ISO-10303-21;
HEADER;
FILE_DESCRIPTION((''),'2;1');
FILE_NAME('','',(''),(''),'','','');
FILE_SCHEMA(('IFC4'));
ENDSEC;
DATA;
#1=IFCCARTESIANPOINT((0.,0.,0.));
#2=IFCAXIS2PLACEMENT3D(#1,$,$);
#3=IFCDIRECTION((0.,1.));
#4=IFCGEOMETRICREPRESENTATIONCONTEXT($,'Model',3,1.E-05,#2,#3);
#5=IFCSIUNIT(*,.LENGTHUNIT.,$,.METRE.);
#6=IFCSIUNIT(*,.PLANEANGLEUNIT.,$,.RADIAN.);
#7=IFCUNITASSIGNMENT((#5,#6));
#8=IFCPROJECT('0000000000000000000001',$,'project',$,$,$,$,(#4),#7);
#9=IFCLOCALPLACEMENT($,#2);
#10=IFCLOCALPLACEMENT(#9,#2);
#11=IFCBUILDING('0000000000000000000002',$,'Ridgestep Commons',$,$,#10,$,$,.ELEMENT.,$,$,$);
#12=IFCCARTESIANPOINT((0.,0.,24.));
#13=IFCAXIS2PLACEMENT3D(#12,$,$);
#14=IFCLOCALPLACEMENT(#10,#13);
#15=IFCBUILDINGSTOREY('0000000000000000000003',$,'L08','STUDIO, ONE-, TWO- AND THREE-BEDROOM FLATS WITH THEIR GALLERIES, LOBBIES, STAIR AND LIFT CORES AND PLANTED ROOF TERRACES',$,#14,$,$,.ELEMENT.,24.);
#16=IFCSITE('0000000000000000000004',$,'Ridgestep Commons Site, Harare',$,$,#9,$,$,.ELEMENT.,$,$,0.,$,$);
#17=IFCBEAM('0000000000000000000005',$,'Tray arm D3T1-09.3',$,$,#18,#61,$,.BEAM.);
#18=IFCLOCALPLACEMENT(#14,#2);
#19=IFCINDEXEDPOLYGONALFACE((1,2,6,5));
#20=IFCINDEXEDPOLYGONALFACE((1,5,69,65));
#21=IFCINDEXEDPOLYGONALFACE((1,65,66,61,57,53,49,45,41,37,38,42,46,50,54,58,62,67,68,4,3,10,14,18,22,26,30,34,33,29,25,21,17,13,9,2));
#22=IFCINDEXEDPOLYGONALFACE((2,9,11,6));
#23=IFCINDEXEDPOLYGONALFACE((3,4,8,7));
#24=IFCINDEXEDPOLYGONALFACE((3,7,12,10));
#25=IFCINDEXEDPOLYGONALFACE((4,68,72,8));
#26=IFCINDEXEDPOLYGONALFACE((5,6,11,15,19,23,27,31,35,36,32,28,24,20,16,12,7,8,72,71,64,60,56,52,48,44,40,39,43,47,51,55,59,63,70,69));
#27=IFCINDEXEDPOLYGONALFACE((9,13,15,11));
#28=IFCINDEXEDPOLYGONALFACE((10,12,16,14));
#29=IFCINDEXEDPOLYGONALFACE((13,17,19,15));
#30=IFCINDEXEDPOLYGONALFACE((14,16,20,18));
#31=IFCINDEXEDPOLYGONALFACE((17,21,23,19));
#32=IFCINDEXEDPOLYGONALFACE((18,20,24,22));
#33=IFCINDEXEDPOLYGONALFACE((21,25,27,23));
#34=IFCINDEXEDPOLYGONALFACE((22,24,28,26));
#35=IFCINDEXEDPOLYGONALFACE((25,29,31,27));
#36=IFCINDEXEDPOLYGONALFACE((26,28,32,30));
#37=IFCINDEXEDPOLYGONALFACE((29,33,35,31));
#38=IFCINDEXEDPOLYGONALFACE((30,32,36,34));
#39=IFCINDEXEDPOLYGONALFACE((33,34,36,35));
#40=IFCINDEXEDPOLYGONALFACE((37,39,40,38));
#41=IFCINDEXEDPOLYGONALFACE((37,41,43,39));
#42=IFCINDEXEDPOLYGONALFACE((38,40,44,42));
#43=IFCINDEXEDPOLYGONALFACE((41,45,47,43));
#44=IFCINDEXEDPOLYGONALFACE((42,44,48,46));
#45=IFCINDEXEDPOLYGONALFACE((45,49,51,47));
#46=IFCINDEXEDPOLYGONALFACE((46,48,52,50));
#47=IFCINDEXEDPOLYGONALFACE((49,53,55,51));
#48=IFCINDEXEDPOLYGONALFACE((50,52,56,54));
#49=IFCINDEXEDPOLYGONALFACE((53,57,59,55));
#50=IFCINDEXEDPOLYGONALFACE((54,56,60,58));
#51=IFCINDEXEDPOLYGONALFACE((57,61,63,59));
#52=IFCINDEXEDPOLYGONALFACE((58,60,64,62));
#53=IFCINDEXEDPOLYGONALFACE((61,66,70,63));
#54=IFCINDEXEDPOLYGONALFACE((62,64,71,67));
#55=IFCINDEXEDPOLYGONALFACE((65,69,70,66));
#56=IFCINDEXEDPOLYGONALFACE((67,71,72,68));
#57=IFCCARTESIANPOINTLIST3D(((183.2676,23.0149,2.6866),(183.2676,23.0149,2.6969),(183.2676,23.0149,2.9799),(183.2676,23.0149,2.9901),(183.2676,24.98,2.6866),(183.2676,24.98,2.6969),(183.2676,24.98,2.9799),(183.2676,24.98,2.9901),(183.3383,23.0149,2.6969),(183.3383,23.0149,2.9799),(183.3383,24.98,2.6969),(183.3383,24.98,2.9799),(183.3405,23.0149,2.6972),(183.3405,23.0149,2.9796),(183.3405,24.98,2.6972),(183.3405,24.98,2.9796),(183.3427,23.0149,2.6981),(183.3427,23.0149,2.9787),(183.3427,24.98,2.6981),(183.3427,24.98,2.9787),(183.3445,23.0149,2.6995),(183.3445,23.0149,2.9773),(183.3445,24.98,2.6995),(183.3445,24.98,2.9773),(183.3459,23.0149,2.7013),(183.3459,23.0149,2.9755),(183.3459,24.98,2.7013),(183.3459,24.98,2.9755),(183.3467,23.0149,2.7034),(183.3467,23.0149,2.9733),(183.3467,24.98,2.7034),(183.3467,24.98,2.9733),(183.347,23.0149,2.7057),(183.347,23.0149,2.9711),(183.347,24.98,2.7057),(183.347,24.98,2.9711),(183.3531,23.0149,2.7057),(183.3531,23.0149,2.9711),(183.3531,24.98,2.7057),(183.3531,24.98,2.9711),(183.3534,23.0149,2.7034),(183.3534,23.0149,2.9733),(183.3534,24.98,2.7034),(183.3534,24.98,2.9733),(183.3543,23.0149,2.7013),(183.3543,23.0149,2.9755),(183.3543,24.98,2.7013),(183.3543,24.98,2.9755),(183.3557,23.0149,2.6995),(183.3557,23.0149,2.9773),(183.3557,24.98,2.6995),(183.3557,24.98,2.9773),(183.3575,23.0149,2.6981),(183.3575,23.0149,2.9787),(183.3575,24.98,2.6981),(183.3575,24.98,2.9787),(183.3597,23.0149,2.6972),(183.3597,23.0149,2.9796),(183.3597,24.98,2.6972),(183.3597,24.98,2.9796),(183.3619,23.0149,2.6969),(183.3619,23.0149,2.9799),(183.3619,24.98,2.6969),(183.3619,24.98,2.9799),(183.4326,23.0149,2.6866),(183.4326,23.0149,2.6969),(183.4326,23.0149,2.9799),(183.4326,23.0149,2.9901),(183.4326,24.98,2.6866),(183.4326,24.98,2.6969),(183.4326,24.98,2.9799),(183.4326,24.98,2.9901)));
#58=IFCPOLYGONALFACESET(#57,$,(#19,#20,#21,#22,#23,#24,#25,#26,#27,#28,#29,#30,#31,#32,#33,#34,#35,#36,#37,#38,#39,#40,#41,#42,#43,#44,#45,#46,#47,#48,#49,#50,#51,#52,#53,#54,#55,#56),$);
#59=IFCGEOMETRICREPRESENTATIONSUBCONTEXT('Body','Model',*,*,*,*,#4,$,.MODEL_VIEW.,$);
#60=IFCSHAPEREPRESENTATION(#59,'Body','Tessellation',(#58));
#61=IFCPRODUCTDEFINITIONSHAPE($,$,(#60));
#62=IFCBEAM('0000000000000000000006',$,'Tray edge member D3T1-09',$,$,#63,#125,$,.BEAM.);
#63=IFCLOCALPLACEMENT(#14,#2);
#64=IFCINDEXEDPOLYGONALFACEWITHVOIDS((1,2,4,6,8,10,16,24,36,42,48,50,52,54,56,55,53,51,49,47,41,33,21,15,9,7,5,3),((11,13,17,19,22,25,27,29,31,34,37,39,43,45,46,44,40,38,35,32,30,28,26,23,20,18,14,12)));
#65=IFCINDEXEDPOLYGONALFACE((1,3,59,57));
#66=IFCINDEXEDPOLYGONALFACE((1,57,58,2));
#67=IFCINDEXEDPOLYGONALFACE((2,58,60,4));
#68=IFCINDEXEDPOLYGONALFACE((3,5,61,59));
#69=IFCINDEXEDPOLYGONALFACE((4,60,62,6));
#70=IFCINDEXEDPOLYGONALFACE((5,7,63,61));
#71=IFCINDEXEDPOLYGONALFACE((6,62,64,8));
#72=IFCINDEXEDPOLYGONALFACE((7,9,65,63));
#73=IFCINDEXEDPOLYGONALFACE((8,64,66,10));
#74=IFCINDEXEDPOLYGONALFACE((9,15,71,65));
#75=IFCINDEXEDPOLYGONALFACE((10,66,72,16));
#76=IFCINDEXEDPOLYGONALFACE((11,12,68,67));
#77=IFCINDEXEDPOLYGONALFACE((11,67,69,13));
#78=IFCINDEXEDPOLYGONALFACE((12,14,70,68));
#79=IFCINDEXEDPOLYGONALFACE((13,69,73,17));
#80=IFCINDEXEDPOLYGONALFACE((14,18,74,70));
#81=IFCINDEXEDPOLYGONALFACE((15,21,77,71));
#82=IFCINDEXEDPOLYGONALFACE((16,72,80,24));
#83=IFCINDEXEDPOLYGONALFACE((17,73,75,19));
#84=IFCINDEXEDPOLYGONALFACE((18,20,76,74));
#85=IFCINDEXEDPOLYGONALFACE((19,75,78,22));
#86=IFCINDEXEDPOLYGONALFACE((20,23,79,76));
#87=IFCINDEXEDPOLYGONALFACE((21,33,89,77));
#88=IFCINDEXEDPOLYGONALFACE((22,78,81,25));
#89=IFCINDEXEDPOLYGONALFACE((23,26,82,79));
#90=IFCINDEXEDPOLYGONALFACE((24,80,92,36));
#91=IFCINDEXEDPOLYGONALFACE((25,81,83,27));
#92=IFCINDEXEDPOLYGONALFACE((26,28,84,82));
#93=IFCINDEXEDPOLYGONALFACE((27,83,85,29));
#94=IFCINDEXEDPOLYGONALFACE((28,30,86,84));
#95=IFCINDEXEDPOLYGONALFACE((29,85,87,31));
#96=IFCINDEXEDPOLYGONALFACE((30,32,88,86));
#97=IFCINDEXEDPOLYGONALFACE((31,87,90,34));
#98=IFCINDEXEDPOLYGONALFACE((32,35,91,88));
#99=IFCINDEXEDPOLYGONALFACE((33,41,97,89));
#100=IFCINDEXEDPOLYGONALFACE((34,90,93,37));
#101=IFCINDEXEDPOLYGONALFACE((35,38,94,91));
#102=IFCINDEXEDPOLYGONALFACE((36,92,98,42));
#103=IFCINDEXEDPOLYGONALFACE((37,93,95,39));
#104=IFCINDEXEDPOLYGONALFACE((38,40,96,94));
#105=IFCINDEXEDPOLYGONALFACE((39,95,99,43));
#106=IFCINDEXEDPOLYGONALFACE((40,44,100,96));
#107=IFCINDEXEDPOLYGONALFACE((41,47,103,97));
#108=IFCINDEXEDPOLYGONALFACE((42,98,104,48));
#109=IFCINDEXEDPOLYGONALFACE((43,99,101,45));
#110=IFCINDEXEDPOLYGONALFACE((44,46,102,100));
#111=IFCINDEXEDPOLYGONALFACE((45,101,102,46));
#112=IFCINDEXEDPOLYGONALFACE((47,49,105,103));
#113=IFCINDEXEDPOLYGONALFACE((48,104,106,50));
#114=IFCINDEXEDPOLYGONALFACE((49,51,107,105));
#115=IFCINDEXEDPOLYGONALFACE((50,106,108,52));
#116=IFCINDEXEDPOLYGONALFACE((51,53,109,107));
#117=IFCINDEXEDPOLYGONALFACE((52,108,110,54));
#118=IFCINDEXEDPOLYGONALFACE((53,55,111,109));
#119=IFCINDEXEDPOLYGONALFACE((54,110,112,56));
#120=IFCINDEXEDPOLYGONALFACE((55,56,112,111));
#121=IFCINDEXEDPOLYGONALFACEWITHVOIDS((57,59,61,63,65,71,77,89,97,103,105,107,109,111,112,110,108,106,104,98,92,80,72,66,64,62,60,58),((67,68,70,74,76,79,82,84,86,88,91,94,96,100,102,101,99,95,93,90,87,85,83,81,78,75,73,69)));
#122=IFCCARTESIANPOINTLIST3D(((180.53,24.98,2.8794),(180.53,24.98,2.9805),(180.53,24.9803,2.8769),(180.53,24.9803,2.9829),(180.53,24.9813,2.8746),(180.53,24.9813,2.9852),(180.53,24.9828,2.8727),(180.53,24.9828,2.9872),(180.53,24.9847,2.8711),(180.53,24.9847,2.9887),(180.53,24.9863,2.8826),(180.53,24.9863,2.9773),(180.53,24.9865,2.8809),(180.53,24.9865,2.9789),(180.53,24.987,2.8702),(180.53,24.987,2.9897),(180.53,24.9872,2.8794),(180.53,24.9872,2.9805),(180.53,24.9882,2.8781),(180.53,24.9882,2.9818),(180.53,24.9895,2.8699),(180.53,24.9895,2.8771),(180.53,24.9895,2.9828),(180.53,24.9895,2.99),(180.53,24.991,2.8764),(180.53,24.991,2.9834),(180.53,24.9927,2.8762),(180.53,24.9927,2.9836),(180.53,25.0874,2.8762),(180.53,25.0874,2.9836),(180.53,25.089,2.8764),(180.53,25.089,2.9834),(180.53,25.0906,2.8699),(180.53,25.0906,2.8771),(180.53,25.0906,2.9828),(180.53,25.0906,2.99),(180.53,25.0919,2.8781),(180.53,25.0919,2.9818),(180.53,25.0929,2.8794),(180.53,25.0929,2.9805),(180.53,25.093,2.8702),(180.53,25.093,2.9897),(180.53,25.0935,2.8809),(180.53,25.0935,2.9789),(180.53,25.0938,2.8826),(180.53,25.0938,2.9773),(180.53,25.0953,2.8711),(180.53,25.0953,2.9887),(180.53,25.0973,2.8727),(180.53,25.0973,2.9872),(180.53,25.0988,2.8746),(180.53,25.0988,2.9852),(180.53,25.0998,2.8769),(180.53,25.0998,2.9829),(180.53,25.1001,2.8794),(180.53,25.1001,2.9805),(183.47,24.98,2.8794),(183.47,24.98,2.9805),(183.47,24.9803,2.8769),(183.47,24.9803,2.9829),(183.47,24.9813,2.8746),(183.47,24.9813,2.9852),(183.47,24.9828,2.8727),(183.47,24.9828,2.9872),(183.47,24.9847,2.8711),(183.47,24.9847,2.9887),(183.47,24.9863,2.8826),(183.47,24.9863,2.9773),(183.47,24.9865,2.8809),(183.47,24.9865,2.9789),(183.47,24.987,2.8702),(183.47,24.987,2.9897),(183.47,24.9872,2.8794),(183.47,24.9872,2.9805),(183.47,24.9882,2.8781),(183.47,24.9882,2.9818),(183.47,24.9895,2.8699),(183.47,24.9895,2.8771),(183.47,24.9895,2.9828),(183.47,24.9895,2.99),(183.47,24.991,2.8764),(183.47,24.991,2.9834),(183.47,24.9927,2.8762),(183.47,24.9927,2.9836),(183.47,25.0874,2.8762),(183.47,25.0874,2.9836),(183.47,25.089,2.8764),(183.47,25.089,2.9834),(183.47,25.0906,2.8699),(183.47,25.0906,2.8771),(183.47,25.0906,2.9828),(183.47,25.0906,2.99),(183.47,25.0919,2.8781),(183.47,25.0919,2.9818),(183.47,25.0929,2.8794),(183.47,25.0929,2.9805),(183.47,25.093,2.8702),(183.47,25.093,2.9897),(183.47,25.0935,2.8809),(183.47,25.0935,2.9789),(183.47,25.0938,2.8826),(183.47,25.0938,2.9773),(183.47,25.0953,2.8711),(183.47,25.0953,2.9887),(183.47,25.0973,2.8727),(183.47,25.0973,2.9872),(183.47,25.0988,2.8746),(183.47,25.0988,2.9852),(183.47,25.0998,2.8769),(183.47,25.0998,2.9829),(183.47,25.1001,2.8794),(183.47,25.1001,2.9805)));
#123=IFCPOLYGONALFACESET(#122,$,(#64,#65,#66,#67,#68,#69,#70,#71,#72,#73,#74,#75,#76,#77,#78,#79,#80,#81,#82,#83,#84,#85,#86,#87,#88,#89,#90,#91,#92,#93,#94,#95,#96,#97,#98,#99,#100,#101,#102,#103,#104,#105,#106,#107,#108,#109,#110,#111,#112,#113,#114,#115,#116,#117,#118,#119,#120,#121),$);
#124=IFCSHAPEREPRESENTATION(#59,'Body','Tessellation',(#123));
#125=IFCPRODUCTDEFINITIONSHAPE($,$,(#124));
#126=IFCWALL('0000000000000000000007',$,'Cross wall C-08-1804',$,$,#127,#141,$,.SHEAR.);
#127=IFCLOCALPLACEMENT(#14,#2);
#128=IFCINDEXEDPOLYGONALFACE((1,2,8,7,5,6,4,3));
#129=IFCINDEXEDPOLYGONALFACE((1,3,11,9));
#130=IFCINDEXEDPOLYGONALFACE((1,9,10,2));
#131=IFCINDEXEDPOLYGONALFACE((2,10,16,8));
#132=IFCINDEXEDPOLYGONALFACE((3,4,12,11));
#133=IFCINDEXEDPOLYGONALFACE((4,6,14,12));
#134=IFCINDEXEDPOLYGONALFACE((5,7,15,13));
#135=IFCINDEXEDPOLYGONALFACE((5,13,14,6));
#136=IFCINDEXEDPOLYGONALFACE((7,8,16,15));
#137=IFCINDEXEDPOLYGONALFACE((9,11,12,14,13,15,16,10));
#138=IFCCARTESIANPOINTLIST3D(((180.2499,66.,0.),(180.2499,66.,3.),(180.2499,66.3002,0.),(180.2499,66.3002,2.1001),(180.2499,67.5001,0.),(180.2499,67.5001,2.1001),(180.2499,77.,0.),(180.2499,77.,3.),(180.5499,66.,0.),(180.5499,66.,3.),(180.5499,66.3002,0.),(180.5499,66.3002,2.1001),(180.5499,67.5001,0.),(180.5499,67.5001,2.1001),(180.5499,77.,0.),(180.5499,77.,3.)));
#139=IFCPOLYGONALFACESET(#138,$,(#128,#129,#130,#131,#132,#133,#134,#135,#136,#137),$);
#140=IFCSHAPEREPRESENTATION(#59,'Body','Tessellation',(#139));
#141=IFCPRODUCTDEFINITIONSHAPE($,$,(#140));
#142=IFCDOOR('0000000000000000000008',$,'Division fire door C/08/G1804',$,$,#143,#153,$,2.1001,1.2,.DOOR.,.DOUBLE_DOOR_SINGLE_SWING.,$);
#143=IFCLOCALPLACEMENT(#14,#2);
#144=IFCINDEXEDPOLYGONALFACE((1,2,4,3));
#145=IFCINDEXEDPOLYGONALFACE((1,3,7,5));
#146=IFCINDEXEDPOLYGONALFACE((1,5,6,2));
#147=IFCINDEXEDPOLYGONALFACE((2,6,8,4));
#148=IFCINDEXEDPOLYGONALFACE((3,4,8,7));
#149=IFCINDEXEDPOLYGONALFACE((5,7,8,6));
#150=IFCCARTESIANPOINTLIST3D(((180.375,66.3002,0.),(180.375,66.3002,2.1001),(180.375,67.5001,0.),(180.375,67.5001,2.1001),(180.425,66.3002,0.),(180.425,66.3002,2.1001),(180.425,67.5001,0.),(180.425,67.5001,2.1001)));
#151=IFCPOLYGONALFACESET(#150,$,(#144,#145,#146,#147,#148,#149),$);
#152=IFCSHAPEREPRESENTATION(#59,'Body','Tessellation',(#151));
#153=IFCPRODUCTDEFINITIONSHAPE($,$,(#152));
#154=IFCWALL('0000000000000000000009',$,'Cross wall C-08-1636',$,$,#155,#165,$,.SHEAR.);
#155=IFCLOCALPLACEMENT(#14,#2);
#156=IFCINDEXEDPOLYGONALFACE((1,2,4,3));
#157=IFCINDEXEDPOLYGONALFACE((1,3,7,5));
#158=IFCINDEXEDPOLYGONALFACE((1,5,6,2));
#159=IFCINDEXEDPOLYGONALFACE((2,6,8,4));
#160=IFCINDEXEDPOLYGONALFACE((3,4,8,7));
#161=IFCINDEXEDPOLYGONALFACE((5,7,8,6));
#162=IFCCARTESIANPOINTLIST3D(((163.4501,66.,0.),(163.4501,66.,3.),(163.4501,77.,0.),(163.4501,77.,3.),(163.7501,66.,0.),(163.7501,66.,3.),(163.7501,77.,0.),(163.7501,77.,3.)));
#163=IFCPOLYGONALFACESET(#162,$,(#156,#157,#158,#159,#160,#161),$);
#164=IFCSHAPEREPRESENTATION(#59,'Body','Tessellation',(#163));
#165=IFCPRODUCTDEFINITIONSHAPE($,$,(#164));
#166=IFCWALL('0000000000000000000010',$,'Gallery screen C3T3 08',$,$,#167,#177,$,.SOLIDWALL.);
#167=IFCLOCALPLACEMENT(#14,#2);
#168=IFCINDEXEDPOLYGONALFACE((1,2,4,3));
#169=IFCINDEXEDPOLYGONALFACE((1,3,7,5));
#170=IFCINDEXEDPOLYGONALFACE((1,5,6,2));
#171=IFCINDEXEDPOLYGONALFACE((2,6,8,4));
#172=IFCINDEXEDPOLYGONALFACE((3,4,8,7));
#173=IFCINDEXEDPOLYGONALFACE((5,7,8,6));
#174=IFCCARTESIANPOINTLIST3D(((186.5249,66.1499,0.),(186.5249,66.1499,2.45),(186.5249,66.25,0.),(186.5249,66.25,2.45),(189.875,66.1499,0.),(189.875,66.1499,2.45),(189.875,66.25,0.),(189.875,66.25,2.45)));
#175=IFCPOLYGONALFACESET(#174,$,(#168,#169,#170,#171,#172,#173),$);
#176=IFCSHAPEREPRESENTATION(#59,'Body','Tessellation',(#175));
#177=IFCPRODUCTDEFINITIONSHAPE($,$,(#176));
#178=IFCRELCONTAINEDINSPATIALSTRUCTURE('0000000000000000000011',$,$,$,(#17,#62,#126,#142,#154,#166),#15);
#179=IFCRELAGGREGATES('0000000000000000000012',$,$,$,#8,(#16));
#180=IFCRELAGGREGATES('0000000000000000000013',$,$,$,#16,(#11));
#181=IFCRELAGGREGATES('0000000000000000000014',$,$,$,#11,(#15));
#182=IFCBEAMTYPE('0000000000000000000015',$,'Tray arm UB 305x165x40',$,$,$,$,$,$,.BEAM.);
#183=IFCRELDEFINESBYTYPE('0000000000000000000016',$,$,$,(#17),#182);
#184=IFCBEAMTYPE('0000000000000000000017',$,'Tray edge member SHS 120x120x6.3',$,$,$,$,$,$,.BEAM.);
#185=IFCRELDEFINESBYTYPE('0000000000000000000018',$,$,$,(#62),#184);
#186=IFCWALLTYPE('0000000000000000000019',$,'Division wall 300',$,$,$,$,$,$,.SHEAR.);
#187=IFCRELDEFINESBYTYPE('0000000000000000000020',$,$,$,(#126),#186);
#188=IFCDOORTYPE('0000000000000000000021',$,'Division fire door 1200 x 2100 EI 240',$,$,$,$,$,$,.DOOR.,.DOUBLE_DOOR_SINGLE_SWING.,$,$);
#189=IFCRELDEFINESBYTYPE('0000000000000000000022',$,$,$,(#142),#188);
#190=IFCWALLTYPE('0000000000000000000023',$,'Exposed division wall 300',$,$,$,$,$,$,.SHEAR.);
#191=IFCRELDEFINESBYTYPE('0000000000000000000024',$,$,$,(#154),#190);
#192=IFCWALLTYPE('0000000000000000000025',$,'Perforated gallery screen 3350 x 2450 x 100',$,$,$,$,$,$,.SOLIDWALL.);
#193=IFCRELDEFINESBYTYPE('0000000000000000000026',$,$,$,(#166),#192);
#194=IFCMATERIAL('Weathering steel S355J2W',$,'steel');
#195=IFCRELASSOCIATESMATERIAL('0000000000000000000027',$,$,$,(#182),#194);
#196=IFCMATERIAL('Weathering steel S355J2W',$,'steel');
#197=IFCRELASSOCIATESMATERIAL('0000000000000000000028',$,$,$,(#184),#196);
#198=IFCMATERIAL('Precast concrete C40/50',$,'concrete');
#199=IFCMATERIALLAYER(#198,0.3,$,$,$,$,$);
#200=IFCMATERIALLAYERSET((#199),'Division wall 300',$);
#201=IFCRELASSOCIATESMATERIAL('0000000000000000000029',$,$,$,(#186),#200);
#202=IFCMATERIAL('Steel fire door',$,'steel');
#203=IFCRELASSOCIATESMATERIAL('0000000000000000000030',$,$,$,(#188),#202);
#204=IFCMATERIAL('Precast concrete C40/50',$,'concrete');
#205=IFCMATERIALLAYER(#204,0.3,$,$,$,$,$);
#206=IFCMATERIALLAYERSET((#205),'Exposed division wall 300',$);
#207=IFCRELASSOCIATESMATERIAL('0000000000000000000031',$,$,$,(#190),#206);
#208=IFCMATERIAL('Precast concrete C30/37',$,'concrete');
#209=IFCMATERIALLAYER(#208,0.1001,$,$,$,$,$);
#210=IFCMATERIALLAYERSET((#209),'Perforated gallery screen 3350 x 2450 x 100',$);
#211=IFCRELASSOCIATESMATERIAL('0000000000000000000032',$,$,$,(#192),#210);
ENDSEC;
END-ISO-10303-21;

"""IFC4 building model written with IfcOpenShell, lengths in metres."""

from ifc_helpers import new_model, si_unit, direction, frame, frame_2d, origin, origin_2d, place, context, subcontext, project, spatial, rectangle, hollow_rectangle, i_section, extrude, material, layer, layer_set, material_profile, profile_set, type_object, element, fill, save


model = new_model("IFC4")

# Units and contexts
model_context = context("Model", 3, precision=1e-05, world=origin(), true_north=direction((0.0, 1.0)))
body_context = subcontext(model_context, "Body", "Model", "MODEL_VIEW")
ifc_project = project(units=[si_unit("LENGTHUNIT", "METRE"), si_unit("PLANEANGLEUNIT", "RADIAN")], contexts=[model_context])

# Site, building, storey
site_placement = place(None, origin())
site = spatial("IfcSite", under=ifc_project, at=site_placement, Name="Ridgestep Commons Site, Harare", CompositionType="ELEMENT", RefElevation=0.0)
building_placement = place(site_placement, origin())
building = spatial("IfcBuilding", under=site, at=building_placement, Name="Ridgestep Commons", CompositionType="ELEMENT")
storey_placement = place(building_placement, frame((0.0, 0.0, 24.0)))
storey = spatial("IfcBuildingStorey", under=building, at=storey_placement, Name="L08", Description="STUDIO, ONE-, TWO- AND THREE-BEDROOM FLATS WITH THEIR GALLERIES, LOBBIES, STAIR AND LIFT CORES AND PLANTED ROOF TERRACES", CompositionType="ELEMENT", Elevation=24.0)

# Beams
ifc_material_1 = material(Name="Weathering steel S355J2W", Category="steel")
ifc_material_profile_1 = material_profile(ifc_material_1, i_section(OverallWidth=0.165, OverallDepth=0.3035, WebThickness=0.0061, FlangeThickness=0.0103, FilletRadius=0.0088, at=origin_2d()), Name="UB 305x165x40")
ifc_profile_set_1 = profile_set([ifc_material_profile_1], Name="Weathering steel S355J2W")
beam_type_1 = type_object("IfcBeamType", Name="Tray arm UB 305x165x40", PredefinedType="BEAM", material=ifc_profile_set_1)
for number, where, z_axis, x_axis, name in (
    (1, (183.3501, 23.0149, 2.8384), (0.0, 1.0, 0.0), (-1.0, 0.0, 0.0), "Tray arm D3T1-09.3"),
):
    element("IfcBeam", number, at=place(storey_placement, frame(where, z_axis=z_axis, x_axis=x_axis)), inside=storey, type_object=beam_type_1, Name=name, PredefinedType="BEAM", context=body_context, shape_type="SweptSolid", body=[
        extrude(i_section(OverallWidth=0.165, OverallDepth=0.3035, WebThickness=0.0061, FlangeThickness=0.0103, FilletRadius=0.0088, at=origin_2d()), origin(), (0.0, 0.0, 1.0), 1.9651),
    ])
ifc_material_2 = material(Name="Weathering steel S355J2W", Category="steel")
ifc_material_profile_2 = material_profile(ifc_material_2, hollow_rectangle(XDim=0.1201, YDim=0.1201, WallThickness=0.0063, InnerFilletRadius=0.0063, OuterFilletRadius=0.0095, at=origin_2d()), Name="SHS 120x120x6.3")
ifc_profile_set_2 = profile_set([ifc_material_profile_2], Name="Weathering steel S355J2W")
beam_type_2 = type_object("IfcBeamType", Name="Tray edge member SHS 120x120x6.3", PredefinedType="BEAM", material=ifc_profile_set_2)
beam_1_placement = place(storey_placement, frame((180.53, 25.04, 2.9299), z_axis=(1.0, 0.0, 0.0), x_axis=(0.0, 0.0, 1.0)))
element("IfcBeam", 2, at=beam_1_placement, inside=storey, type_object=beam_type_2, Name="Tray edge member D3T1-09", PredefinedType="BEAM", context=body_context, shape_type="SweptSolid", body=[
    extrude(hollow_rectangle(XDim=0.1201, YDim=0.1201, WallThickness=0.0063, InnerFilletRadius=0.0063, OuterFilletRadius=0.0095, at=origin_2d()), origin(), (0.0, 0.0, 1.0), 2.9399),
])

# Wall, opening, door
ifc_material_3 = material(Name="Precast concrete C40/50", Category="concrete")
ifc_layer_1 = layer(ifc_material_3, 0.3)
ifc_layer_set_1 = layer_set([ifc_layer_1], Name="Division wall 300")
wall_type_1 = type_object("IfcWallType", Name="Division wall 300", PredefinedType="SHEAR", material=ifc_layer_set_1)
wall_1_placement = place(storey_placement, frame((180.3999, 66.0, 0.0), z_axis=(0.0, 0.0, 1.0), x_axis=(0.0, 1.0, 0.0)))
wall_1 = element("IfcWall", 3, at=wall_1_placement, inside=storey, type_object=wall_type_1, Name="Cross wall C-08-1804", PredefinedType="SHEAR", context=body_context, shape_type="SweptSolid", body=[
    extrude(rectangle(XDim=11.0, YDim=0.3, at=frame_2d((5.5, 0.0))), origin(), (0.0, 0.0, 1.0), 3.0),
])
opening_placement = place(wall_1_placement, frame((0.3, 0.0, 0.0)))
opening = element("IfcOpeningElement", 4, at=opening_placement, cuts=wall_1, PredefinedType="OPENING", context=body_context, shape_type="SweptSolid", body=[
    extrude(rectangle(XDim=1.2, YDim=2.1001, at=frame_2d((0.6001, 1.05))), frame((0.0, 0.1599, 0.0), z_axis=(0.0, -1.0, 0.0), x_axis=(1.0, 0.0, 0.0)), (0.0, 0.0, 1.0), 0.3201),
])
ifc_material_4 = material(Name="Steel fire door", Category="steel")
door_type = type_object("IfcDoorType", Name="Division fire door 1200 x 2100 EI 240", OperationType="DOUBLE_DOOR_SINGLE_SWING", PredefinedType="DOOR", material=ifc_material_4)
door_placement = place(opening_placement, origin())
door = element("IfcDoor", 5, at=door_placement, inside=storey, type_object=door_type, Name="Division fire door C/08/G1804", OperationType="DOUBLE_DOOR_SINGLE_SWING", OverallHeight=2.1001, OverallWidth=1.2, PredefinedType="DOOR", context=body_context, shape_type="SweptSolid", body=[
    extrude(rectangle(XDim=1.2, YDim=2.1001, at=frame_2d((0.6001, 1.05))), frame((0.0, 0.0249, 0.0), z_axis=(0.0, -1.0, 0.0), x_axis=(1.0, 0.0, 0.0)), (0.0, 0.0, 1.0), 0.05),
])
fill(opening, door)

# Walls
ifc_material_5 = material(Name="Precast concrete C40/50", Category="concrete")
ifc_layer_2 = layer(ifc_material_5, 0.3)
ifc_layer_set_2 = layer_set([ifc_layer_2], Name="Exposed division wall 300")
wall_type_2 = type_object("IfcWallType", Name="Exposed division wall 300", PredefinedType="SHEAR", material=ifc_layer_set_2)
wall_2_placement = place(storey_placement, frame((163.6001, 66.0, 0.0), z_axis=(0.0, 0.0, 1.0), x_axis=(0.0, 1.0, 0.0)))
element("IfcWall", 6, at=wall_2_placement, inside=storey, type_object=wall_type_2, Name="Cross wall C-08-1636", PredefinedType="SHEAR", context=body_context, shape_type="SweptSolid", body=[
    extrude(rectangle(XDim=11.0, YDim=0.3, at=frame_2d((5.5, 0.0))), origin(), (0.0, 0.0, 1.0), 3.0),
])
ifc_material_6 = material(Name="Precast concrete C30/37", Category="concrete")
ifc_layer_3 = layer(ifc_material_6, 0.1001)
ifc_layer_set_3 = layer_set([ifc_layer_3], Name="Perforated gallery screen 3350 x 2450 x 100")
wall_type_3 = type_object("IfcWallType", Name="Perforated gallery screen 3350 x 2450 x 100", PredefinedType="SOLIDWALL", material=ifc_layer_set_3)
wall_3_placement = place(storey_placement, frame((186.5249, 66.2, 0.0), z_axis=(0.0, 0.0, 1.0), x_axis=(1.0, 0.0, 0.0)))
element("IfcWall", 7, at=wall_3_placement, inside=storey, type_object=wall_type_3, Name="Gallery screen C3T3 08", PredefinedType="SOLIDWALL", context=body_context, shape_type="SweptSolid", body=[
    extrude(rectangle(XDim=3.3501, YDim=0.1001, at=frame_2d((1.675, 0.0))), origin(), (0.0, 0.0, 1.0), 2.45),
])

save(model, "model.ifc")
